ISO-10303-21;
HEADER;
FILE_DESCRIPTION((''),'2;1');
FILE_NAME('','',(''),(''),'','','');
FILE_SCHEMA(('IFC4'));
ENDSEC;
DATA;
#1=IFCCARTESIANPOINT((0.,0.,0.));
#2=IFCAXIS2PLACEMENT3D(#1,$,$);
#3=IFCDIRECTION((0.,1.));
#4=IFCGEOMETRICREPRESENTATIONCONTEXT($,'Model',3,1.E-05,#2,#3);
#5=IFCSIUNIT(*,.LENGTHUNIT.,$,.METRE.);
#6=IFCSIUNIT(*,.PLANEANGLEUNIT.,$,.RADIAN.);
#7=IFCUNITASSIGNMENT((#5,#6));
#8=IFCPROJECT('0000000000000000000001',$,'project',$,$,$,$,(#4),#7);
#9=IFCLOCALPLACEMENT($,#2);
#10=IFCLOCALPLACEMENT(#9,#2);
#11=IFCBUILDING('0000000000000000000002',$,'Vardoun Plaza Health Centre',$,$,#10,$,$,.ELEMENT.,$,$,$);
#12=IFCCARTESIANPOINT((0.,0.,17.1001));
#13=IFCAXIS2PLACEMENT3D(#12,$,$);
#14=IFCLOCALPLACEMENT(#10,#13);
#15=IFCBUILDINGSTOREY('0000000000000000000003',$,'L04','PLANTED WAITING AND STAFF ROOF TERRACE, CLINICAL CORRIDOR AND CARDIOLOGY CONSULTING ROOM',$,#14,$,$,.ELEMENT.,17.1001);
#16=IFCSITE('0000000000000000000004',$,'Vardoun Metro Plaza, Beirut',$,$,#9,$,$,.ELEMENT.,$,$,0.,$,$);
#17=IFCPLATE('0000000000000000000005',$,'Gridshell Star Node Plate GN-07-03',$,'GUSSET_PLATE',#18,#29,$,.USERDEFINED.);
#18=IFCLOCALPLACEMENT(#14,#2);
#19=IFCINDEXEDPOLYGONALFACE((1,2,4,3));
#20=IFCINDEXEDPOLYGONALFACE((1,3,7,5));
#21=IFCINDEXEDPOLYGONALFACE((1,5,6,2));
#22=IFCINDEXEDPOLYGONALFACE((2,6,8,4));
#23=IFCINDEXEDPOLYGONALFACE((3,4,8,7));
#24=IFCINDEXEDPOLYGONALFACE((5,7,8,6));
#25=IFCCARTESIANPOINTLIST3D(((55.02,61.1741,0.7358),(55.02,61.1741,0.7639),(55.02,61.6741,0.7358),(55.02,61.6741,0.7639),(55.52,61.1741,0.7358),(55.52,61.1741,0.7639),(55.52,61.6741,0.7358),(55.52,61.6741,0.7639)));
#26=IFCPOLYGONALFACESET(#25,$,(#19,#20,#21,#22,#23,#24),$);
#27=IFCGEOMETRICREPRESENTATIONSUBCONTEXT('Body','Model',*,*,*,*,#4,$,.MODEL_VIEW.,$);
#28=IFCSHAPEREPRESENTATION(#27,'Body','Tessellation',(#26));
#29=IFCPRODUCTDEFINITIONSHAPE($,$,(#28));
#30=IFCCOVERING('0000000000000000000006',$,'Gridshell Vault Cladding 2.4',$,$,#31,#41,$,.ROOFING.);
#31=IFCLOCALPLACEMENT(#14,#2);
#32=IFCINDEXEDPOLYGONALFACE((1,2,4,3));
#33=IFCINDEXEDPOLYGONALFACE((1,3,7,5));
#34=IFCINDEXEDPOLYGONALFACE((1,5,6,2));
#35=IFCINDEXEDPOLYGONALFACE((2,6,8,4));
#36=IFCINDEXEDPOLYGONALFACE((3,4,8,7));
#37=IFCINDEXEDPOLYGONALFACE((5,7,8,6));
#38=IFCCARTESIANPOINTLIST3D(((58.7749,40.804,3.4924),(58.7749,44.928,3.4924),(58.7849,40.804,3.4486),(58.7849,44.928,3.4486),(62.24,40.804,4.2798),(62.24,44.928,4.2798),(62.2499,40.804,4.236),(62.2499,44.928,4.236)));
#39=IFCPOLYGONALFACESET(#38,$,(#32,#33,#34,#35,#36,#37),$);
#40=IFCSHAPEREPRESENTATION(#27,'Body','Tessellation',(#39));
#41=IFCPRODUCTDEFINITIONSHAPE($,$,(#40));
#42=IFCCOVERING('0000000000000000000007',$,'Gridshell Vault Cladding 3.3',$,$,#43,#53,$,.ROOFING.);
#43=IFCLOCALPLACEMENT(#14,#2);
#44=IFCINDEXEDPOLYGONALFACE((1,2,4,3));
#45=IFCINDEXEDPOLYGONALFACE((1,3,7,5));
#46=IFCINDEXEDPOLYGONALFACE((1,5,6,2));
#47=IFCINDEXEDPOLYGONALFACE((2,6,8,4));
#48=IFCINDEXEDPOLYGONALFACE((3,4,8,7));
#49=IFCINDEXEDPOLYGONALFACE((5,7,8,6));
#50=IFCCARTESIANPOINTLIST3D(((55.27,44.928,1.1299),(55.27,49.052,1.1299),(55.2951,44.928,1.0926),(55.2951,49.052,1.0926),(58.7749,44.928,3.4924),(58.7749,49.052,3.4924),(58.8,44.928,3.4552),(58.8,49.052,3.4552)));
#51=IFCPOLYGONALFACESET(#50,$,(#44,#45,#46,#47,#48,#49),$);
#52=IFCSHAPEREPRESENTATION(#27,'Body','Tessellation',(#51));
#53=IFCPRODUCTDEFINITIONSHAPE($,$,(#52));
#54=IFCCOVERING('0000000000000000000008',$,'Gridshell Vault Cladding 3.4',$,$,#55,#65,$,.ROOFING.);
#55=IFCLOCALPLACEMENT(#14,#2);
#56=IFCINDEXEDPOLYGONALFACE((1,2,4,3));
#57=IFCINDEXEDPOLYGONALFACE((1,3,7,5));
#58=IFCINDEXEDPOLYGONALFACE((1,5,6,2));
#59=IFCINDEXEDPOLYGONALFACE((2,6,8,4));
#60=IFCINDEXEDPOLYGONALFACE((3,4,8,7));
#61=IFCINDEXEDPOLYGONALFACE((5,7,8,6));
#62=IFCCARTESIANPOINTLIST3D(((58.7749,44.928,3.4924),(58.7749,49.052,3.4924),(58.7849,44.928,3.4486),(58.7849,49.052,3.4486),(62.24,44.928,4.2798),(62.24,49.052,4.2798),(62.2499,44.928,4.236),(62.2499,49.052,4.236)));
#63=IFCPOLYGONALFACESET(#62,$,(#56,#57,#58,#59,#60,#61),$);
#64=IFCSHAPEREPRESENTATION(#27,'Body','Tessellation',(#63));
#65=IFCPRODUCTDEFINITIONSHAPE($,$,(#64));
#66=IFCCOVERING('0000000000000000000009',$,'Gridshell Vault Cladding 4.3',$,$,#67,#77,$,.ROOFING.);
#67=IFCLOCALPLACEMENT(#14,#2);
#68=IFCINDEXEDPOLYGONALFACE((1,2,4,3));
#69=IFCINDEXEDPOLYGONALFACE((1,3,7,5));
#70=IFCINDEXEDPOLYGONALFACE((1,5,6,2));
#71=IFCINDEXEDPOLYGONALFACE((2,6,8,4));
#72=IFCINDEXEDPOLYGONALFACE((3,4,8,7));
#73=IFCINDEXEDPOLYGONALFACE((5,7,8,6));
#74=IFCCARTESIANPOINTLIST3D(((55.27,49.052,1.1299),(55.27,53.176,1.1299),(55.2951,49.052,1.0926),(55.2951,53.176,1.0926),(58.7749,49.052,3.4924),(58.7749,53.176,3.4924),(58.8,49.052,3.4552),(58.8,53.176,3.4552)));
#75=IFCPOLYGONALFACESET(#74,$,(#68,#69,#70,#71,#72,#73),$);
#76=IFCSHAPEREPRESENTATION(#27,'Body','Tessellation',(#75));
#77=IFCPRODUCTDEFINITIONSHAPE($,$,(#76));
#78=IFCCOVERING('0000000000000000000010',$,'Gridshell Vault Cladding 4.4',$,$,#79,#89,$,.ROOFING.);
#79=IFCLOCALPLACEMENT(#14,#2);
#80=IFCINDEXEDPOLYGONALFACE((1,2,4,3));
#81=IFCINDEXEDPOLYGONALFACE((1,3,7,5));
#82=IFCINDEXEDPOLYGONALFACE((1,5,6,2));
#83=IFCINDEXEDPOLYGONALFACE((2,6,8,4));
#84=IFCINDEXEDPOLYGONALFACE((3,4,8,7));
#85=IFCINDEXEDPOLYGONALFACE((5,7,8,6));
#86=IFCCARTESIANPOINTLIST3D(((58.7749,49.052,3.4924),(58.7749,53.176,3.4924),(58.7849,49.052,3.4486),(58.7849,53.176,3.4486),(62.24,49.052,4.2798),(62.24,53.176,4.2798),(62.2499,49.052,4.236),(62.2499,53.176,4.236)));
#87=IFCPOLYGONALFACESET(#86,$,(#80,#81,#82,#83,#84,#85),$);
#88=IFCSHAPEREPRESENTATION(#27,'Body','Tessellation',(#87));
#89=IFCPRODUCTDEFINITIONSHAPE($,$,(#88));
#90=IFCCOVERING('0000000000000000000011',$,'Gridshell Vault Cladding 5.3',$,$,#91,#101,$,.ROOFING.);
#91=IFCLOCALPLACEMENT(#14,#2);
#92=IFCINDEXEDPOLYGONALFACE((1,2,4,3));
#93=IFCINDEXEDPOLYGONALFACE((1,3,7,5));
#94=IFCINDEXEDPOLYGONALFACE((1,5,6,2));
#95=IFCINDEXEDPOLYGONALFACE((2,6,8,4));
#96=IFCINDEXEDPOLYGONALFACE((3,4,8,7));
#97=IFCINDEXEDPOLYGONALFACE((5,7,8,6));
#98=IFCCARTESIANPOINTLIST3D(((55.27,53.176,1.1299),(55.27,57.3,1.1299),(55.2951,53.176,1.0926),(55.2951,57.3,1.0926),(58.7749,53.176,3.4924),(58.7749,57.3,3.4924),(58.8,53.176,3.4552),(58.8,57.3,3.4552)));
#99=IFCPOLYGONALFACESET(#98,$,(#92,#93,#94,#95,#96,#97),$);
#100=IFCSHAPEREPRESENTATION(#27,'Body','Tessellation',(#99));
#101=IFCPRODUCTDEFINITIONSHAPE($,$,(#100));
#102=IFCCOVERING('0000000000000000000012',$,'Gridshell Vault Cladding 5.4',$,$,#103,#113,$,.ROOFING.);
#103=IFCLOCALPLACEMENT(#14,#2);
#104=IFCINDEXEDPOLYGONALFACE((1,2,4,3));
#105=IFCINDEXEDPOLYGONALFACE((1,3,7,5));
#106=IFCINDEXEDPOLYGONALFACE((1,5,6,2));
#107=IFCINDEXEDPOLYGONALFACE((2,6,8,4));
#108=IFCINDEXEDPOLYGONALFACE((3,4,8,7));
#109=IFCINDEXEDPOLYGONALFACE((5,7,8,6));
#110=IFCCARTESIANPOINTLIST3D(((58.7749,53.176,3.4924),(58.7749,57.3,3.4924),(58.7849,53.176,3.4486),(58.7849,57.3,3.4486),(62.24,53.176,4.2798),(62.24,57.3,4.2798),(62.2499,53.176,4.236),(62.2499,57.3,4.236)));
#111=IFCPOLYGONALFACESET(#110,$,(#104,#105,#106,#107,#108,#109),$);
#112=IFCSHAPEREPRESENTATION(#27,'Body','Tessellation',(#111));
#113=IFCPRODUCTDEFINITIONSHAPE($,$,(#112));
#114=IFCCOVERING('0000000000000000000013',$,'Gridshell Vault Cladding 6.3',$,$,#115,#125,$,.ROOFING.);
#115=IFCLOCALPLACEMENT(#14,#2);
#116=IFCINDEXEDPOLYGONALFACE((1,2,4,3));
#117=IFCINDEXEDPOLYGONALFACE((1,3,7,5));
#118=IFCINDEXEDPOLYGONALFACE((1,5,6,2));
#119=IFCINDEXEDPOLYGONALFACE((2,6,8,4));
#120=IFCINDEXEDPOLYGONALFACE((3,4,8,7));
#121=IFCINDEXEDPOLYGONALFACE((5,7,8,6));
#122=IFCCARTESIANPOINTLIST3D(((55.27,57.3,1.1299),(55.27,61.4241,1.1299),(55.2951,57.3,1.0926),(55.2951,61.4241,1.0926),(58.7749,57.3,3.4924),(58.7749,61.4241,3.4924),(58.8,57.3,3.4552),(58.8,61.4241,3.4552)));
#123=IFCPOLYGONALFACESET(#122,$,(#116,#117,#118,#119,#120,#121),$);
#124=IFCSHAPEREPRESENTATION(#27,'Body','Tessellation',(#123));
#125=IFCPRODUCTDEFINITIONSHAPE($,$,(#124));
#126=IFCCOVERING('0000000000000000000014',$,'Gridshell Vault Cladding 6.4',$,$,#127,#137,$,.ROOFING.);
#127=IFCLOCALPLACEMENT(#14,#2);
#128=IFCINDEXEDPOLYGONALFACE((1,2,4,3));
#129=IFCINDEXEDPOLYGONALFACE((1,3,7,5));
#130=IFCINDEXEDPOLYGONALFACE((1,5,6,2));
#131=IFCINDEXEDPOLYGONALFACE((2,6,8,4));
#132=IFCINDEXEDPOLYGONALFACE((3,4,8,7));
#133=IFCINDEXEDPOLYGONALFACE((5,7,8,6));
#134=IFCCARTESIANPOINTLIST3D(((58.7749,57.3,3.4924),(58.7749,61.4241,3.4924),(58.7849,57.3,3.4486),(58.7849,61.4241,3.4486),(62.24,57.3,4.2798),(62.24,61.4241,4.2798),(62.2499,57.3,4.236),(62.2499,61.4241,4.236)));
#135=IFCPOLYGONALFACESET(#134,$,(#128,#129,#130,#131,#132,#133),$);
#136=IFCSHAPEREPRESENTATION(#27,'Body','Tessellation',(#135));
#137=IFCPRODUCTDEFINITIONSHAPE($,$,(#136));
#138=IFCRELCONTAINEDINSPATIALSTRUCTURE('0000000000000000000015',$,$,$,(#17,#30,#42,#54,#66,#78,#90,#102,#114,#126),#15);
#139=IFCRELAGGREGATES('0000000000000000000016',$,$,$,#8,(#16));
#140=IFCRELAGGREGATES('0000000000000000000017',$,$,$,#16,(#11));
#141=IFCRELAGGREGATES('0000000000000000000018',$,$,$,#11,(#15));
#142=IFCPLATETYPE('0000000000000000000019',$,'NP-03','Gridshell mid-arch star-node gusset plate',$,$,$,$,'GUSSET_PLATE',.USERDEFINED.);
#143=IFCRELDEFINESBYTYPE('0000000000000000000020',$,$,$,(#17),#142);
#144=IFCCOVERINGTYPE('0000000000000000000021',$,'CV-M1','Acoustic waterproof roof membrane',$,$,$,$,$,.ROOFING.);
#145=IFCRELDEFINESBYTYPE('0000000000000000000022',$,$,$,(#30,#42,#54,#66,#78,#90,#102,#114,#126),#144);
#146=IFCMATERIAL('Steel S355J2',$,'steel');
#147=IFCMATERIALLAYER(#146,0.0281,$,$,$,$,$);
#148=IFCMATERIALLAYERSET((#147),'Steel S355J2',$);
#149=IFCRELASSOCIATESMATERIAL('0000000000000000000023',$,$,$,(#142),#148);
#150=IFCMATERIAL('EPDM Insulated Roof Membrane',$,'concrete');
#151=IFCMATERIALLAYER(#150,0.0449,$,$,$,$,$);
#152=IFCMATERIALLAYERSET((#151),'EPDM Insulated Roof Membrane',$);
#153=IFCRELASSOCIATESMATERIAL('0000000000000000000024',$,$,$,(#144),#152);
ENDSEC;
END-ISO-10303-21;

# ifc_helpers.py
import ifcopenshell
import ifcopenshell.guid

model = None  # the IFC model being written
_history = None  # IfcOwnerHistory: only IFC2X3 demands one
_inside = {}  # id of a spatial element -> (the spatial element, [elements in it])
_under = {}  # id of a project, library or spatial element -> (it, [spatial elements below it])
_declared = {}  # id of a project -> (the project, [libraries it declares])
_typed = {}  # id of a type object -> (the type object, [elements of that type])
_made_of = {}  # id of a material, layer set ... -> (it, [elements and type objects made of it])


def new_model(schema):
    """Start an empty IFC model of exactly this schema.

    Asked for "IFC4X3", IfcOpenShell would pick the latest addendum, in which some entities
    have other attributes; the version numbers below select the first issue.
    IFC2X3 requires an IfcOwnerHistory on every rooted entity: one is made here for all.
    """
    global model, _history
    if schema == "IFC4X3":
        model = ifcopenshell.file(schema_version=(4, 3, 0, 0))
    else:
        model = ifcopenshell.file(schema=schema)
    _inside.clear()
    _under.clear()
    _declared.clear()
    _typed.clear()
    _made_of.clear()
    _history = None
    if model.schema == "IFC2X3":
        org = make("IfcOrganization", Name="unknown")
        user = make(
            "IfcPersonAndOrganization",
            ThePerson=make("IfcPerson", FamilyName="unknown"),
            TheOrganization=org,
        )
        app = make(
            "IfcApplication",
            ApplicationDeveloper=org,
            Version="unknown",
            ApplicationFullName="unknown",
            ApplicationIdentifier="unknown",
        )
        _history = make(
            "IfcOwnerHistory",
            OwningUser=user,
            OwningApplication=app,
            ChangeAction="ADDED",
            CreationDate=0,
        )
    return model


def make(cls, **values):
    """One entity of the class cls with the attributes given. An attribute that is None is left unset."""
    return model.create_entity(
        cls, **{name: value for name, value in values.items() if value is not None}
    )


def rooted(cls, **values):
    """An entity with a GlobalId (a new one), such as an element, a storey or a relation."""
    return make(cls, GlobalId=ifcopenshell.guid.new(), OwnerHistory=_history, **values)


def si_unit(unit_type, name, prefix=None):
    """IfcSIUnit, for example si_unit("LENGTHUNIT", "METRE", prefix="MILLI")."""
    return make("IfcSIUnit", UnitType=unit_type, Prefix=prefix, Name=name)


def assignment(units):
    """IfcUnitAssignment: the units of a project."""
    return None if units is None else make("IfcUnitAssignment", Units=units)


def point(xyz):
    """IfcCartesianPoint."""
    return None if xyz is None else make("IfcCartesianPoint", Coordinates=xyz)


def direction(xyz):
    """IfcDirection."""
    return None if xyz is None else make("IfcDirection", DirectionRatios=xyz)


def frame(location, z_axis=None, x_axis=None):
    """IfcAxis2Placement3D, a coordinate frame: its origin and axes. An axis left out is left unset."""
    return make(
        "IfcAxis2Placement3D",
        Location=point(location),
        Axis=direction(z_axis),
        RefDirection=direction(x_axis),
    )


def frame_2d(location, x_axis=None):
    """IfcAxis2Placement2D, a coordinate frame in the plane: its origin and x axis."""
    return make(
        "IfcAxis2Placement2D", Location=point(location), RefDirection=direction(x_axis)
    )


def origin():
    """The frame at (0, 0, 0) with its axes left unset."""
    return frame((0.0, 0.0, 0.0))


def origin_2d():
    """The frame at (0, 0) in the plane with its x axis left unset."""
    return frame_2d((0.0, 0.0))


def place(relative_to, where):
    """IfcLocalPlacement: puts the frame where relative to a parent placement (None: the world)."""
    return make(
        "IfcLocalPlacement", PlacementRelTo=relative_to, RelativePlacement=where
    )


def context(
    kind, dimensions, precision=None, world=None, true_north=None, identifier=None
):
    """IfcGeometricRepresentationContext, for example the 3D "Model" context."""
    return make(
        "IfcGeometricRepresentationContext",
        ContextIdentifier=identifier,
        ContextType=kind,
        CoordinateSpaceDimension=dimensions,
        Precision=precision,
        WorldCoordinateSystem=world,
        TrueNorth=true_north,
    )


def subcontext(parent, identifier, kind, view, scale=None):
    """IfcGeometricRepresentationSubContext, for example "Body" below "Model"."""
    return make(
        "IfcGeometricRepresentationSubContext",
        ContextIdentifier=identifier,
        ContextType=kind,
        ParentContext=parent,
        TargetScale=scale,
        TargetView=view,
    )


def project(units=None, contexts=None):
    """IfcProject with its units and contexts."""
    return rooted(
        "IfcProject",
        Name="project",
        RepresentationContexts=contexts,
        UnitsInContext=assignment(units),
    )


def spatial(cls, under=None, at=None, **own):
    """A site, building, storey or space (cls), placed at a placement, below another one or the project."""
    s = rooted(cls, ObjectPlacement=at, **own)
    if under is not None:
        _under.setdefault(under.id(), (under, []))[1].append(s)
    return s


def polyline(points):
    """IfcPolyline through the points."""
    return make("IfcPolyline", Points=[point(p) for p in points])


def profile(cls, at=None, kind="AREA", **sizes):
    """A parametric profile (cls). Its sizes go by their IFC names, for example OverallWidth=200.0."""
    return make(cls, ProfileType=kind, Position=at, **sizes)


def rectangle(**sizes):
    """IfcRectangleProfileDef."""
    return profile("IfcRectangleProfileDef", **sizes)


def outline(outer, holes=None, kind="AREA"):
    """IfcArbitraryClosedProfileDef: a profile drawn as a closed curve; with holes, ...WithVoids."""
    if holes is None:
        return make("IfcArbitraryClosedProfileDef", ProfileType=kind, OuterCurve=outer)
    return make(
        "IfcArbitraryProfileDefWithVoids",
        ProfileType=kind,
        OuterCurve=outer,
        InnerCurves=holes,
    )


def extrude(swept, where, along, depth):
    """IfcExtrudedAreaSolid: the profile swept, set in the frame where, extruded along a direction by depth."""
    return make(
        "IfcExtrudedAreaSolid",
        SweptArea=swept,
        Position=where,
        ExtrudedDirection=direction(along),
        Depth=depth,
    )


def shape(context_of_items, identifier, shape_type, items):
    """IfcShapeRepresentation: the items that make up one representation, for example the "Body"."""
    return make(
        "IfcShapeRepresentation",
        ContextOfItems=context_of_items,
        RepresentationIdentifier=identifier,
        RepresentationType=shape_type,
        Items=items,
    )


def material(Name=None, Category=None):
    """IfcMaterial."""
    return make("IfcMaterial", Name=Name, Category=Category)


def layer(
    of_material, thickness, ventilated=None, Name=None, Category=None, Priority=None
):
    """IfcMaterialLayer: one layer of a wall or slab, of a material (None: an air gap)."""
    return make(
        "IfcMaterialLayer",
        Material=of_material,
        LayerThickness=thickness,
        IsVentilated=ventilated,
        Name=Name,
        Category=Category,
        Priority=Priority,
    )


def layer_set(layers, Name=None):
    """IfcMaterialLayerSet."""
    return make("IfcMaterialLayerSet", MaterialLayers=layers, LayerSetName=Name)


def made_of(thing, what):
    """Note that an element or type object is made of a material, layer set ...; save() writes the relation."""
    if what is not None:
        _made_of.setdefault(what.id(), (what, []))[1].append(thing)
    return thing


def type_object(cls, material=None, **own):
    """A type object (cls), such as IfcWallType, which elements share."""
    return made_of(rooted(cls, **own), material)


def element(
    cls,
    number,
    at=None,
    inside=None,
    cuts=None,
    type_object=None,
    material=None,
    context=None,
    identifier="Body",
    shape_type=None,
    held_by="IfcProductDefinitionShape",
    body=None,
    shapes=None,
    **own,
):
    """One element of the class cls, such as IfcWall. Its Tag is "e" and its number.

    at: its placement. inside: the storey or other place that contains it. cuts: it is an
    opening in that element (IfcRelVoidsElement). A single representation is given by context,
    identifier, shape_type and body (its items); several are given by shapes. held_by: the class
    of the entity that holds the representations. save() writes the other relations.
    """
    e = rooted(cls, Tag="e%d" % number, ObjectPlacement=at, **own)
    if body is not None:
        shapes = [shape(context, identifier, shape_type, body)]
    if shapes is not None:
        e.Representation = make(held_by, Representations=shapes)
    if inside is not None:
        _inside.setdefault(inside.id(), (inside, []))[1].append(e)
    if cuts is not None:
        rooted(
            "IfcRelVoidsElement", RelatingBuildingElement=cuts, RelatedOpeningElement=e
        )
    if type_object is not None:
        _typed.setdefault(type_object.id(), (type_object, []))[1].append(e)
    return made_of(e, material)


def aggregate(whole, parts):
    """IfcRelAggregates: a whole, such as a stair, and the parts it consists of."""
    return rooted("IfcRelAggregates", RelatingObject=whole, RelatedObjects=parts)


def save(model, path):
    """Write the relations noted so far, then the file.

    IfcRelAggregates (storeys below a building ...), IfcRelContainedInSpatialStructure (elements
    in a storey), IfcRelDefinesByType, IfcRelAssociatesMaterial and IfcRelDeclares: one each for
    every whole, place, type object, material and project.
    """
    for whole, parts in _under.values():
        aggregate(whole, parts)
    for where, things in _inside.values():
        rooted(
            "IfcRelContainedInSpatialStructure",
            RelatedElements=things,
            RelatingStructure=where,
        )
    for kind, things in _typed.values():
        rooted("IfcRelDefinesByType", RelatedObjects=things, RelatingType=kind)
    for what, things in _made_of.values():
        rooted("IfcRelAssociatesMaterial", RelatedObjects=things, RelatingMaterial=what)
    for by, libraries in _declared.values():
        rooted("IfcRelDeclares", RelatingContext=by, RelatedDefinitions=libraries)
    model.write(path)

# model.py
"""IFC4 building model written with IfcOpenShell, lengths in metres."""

from ifc_helpers import new_model, si_unit, direction, frame, origin, origin_2d, place, context, subcontext, project, spatial, polyline, rectangle, outline, extrude, material, layer, layer_set, type_object, element, save


model = new_model("IFC4")

# Units and contexts
model_context = context("Model", 3, precision=1e-05, world=origin(), true_north=direction((0.0, 1.0)))
body_context = subcontext(model_context, "Body", "Model", "MODEL_VIEW")
ifc_project = project(units=[si_unit("LENGTHUNIT", "METRE"), si_unit("PLANEANGLEUNIT", "RADIAN")], contexts=[model_context])

# Site, building, storey
site_placement = place(None, origin())
site = spatial("IfcSite", under=ifc_project, at=site_placement, Name="Vardoun Metro Plaza, Beirut", CompositionType="ELEMENT", RefElevation=0.0)
building_placement = place(site_placement, origin())
building = spatial("IfcBuilding", under=site, at=building_placement, Name="Vardoun Plaza Health Centre", CompositionType="ELEMENT")
storey_placement = place(building_placement, frame((0.0, 0.0, 17.1001)))
storey = spatial("IfcBuildingStorey", under=building, at=storey_placement, Name="L04", Description="PLANTED WAITING AND STAFF ROOF TERRACE, CLINICAL CORRIDOR AND CARDIOLOGY CONSULTING ROOM", CompositionType="ELEMENT", Elevation=17.1001)

# Plate
ifc_material_1 = material(Name="Steel S355J2", Category="steel")
ifc_layer_1 = layer(ifc_material_1, 0.0281)
ifc_layer_set_1 = layer_set([ifc_layer_1], Name="Steel S355J2")
plate_type_1 = type_object("IfcPlateType", Name="NP-03", Description="Gridshell mid-arch star-node gusset plate", ElementType="GUSSET_PLATE", PredefinedType="USERDEFINED", material=ifc_layer_set_1)
for number, where, z_axis, x_axis, name in (
    (1, (55.27, 61.4241, 0.7358), (0.0, 0.0, 1.0), (1.0, 0.0, 0.0), "Gridshell Star Node Plate GN-07-03"),
):
    element("IfcPlate", number, at=place(storey_placement, frame(where, z_axis=z_axis, x_axis=x_axis)), inside=storey, type_object=plate_type_1, Name=name, ObjectType="GUSSET_PLATE", PredefinedType="USERDEFINED", context=body_context, shape_type="SweptSolid", body=[
        extrude(rectangle(XDim=0.5, YDim=0.5, at=origin_2d()), origin(), (0.0, 0.0, 1.0), 0.0281),
    ])

# Coverings
ifc_material_2 = material(Name="EPDM Insulated Roof Membrane", Category="concrete")
ifc_layer_2 = layer(ifc_material_2, 0.0449)
ifc_layer_set_2 = layer_set([ifc_layer_2], Name="EPDM Insulated Roof Membrane")
covering_type = type_object("IfcCoveringType", Name="CV-M1", Description="Acoustic waterproof roof membrane", PredefinedType="ROOFING", material=ifc_layer_set_2)
covering_1_placement = place(storey_placement, frame((58.7749, 40.804, 3.4924), z_axis=(-0.221577, 0.0, 0.975143), x_axis=(0.975143, 0.0, 0.221577)))
element("IfcCovering", 2, at=covering_1_placement, inside=storey, type_object=covering_type, Name="Gridshell Vault Cladding 2.4", PredefinedType="ROOFING", context=body_context, shape_type="SweptSolid", body=[
    extrude(outline(polyline([(0.0, 0.0), (3.5534, 0.0), (3.5534, 4.124), (0.0, 4.124), (0.0, 0.0)])), origin(), (0.0, 0.0, -1.0), 0.0449),
])
covering_2_placement = place(storey_placement, frame((55.27, 44.928, 1.1299), z_axis=(-0.558945, 0.0, 0.829205), x_axis=(0.829205, 0.0, 0.558945)))
element("IfcCovering", 3, at=covering_2_placement, inside=storey, type_object=covering_type, Name="Gridshell Vault Cladding 3.3", PredefinedType="ROOFING", context=body_context, shape_type="SweptSolid", body=[
    extrude(outline(polyline([(0.0, 0.0), (4.2268, 0.0), (4.2268, 4.124), (0.0, 4.124), (0.0, 0.0)])), origin(), (0.0, 0.0, -1.0), 0.0449),
])
covering_3_placement = place(storey_placement, frame((58.7749, 44.928, 3.4924), z_axis=(-0.221577, 0.0, 0.975143), x_axis=(0.975143, 0.0, 0.221577)))
element("IfcCovering", 4, at=covering_3_placement, inside=storey, type_object=covering_type, Name="Gridshell Vault Cladding 3.4", PredefinedType="ROOFING", context=body_context, shape_type="SweptSolid", body=[
    extrude(outline(polyline([(0.0, 0.0), (3.5534, 0.0), (3.5534, 4.124), (0.0, 4.124), (0.0, 0.0)])), origin(), (0.0, 0.0, -1.0), 0.0449),
])
covering_4_placement = place(storey_placement, frame((55.27, 49.052, 1.1299), z_axis=(-0.558945, 0.0, 0.829205), x_axis=(0.829205, 0.0, 0.558945)))
element("IfcCovering", 5, at=covering_4_placement, inside=storey, type_object=covering_type, Name="Gridshell Vault Cladding 4.3", PredefinedType="ROOFING", context=body_context, shape_type="SweptSolid", body=[
    extrude(outline(polyline([(0.0, 0.0), (4.2268, 0.0), (4.2268, 4.124), (0.0, 4.124), (0.0, 0.0)])), origin(), (0.0, 0.0, -1.0), 0.0449),
])
covering_5_placement = place(storey_placement, frame((58.7749, 49.052, 3.4924), z_axis=(-0.221577, 0.0, 0.975143), x_axis=(0.975143, 0.0, 0.221577)))
element("IfcCovering", 6, at=covering_5_placement, inside=storey, type_object=covering_type, Name="Gridshell Vault Cladding 4.4", PredefinedType="ROOFING", context=body_context, shape_type="SweptSolid", body=[
    extrude(outline(polyline([(0.0, 0.0), (3.5534, 0.0), (3.5534, 4.124), (0.0, 4.124), (0.0, 0.0)])), origin(), (0.0, 0.0, -1.0), 0.0449),
])
covering_6_placement = place(storey_placement, frame((55.27, 53.176, 1.1299), z_axis=(-0.558945, 0.0, 0.829205), x_axis=(0.829205, 0.0, 0.558945)))
element("IfcCovering", 7, at=covering_6_placement, inside=storey, type_object=covering_type, Name="Gridshell Vault Cladding 5.3", PredefinedType="ROOFING", context=body_context, shape_type="SweptSolid", body=[
    extrude(outline(polyline([(0.0, 0.0), (4.2268, 0.0), (4.2268, 4.124), (0.0, 4.124), (0.0, 0.0)])), origin(), (0.0, 0.0, -1.0), 0.0449),
])
covering_7_placement = place(storey_placement, frame((58.7749, 53.176, 3.4924), z_axis=(-0.221577, 0.0, 0.975143), x_axis=(0.975143, 0.0, 0.221577)))
element("IfcCovering", 8, at=covering_7_placement, inside=storey, type_object=covering_type, Name="Gridshell Vault Cladding 5.4", PredefinedType="ROOFING", context=body_context, shape_type="SweptSolid", body=[
    extrude(outline(polyline([(0.0, 0.0), (3.5534, 0.0), (3.5534, 4.124), (0.0, 4.124), (0.0, 0.0)])), origin(), (0.0, 0.0, -1.0), 0.0449),
])
covering_8_placement = place(storey_placement, frame((55.27, 57.3, 1.1299), z_axis=(-0.558945, 0.0, 0.829205), x_axis=(0.829205, 0.0, 0.558945)))
element("IfcCovering", 9, at=covering_8_placement, inside=storey, type_object=covering_type, Name="Gridshell Vault Cladding 6.3", PredefinedType="ROOFING", context=body_context, shape_type="SweptSolid", body=[
    extrude(outline(polyline([(0.0, 0.0), (4.2268, 0.0), (4.2268, 4.124), (0.0, 4.124), (0.0, 0.0)])), origin(), (0.0, 0.0, -1.0), 0.0449),
])
covering_9_placement = place(storey_placement, frame((58.7749, 57.3, 3.4924), z_axis=(-0.221577, 0.0, 0.975143), x_axis=(0.975143, 0.0, 0.221577)))
element("IfcCovering", 10, at=covering_9_placement, inside=storey, type_object=covering_type, Name="Gridshell Vault Cladding 6.4", PredefinedType="ROOFING", context=body_context, shape_type="SweptSolid", body=[
    extrude(outline(polyline([(0.0, 0.0), (3.5534, 0.0), (3.5534, 4.124), (0.0, 4.124), (0.0, 0.0)])), origin(), (0.0, 0.0, -1.0), 0.0449),
])

save(model, "model.ifc")
